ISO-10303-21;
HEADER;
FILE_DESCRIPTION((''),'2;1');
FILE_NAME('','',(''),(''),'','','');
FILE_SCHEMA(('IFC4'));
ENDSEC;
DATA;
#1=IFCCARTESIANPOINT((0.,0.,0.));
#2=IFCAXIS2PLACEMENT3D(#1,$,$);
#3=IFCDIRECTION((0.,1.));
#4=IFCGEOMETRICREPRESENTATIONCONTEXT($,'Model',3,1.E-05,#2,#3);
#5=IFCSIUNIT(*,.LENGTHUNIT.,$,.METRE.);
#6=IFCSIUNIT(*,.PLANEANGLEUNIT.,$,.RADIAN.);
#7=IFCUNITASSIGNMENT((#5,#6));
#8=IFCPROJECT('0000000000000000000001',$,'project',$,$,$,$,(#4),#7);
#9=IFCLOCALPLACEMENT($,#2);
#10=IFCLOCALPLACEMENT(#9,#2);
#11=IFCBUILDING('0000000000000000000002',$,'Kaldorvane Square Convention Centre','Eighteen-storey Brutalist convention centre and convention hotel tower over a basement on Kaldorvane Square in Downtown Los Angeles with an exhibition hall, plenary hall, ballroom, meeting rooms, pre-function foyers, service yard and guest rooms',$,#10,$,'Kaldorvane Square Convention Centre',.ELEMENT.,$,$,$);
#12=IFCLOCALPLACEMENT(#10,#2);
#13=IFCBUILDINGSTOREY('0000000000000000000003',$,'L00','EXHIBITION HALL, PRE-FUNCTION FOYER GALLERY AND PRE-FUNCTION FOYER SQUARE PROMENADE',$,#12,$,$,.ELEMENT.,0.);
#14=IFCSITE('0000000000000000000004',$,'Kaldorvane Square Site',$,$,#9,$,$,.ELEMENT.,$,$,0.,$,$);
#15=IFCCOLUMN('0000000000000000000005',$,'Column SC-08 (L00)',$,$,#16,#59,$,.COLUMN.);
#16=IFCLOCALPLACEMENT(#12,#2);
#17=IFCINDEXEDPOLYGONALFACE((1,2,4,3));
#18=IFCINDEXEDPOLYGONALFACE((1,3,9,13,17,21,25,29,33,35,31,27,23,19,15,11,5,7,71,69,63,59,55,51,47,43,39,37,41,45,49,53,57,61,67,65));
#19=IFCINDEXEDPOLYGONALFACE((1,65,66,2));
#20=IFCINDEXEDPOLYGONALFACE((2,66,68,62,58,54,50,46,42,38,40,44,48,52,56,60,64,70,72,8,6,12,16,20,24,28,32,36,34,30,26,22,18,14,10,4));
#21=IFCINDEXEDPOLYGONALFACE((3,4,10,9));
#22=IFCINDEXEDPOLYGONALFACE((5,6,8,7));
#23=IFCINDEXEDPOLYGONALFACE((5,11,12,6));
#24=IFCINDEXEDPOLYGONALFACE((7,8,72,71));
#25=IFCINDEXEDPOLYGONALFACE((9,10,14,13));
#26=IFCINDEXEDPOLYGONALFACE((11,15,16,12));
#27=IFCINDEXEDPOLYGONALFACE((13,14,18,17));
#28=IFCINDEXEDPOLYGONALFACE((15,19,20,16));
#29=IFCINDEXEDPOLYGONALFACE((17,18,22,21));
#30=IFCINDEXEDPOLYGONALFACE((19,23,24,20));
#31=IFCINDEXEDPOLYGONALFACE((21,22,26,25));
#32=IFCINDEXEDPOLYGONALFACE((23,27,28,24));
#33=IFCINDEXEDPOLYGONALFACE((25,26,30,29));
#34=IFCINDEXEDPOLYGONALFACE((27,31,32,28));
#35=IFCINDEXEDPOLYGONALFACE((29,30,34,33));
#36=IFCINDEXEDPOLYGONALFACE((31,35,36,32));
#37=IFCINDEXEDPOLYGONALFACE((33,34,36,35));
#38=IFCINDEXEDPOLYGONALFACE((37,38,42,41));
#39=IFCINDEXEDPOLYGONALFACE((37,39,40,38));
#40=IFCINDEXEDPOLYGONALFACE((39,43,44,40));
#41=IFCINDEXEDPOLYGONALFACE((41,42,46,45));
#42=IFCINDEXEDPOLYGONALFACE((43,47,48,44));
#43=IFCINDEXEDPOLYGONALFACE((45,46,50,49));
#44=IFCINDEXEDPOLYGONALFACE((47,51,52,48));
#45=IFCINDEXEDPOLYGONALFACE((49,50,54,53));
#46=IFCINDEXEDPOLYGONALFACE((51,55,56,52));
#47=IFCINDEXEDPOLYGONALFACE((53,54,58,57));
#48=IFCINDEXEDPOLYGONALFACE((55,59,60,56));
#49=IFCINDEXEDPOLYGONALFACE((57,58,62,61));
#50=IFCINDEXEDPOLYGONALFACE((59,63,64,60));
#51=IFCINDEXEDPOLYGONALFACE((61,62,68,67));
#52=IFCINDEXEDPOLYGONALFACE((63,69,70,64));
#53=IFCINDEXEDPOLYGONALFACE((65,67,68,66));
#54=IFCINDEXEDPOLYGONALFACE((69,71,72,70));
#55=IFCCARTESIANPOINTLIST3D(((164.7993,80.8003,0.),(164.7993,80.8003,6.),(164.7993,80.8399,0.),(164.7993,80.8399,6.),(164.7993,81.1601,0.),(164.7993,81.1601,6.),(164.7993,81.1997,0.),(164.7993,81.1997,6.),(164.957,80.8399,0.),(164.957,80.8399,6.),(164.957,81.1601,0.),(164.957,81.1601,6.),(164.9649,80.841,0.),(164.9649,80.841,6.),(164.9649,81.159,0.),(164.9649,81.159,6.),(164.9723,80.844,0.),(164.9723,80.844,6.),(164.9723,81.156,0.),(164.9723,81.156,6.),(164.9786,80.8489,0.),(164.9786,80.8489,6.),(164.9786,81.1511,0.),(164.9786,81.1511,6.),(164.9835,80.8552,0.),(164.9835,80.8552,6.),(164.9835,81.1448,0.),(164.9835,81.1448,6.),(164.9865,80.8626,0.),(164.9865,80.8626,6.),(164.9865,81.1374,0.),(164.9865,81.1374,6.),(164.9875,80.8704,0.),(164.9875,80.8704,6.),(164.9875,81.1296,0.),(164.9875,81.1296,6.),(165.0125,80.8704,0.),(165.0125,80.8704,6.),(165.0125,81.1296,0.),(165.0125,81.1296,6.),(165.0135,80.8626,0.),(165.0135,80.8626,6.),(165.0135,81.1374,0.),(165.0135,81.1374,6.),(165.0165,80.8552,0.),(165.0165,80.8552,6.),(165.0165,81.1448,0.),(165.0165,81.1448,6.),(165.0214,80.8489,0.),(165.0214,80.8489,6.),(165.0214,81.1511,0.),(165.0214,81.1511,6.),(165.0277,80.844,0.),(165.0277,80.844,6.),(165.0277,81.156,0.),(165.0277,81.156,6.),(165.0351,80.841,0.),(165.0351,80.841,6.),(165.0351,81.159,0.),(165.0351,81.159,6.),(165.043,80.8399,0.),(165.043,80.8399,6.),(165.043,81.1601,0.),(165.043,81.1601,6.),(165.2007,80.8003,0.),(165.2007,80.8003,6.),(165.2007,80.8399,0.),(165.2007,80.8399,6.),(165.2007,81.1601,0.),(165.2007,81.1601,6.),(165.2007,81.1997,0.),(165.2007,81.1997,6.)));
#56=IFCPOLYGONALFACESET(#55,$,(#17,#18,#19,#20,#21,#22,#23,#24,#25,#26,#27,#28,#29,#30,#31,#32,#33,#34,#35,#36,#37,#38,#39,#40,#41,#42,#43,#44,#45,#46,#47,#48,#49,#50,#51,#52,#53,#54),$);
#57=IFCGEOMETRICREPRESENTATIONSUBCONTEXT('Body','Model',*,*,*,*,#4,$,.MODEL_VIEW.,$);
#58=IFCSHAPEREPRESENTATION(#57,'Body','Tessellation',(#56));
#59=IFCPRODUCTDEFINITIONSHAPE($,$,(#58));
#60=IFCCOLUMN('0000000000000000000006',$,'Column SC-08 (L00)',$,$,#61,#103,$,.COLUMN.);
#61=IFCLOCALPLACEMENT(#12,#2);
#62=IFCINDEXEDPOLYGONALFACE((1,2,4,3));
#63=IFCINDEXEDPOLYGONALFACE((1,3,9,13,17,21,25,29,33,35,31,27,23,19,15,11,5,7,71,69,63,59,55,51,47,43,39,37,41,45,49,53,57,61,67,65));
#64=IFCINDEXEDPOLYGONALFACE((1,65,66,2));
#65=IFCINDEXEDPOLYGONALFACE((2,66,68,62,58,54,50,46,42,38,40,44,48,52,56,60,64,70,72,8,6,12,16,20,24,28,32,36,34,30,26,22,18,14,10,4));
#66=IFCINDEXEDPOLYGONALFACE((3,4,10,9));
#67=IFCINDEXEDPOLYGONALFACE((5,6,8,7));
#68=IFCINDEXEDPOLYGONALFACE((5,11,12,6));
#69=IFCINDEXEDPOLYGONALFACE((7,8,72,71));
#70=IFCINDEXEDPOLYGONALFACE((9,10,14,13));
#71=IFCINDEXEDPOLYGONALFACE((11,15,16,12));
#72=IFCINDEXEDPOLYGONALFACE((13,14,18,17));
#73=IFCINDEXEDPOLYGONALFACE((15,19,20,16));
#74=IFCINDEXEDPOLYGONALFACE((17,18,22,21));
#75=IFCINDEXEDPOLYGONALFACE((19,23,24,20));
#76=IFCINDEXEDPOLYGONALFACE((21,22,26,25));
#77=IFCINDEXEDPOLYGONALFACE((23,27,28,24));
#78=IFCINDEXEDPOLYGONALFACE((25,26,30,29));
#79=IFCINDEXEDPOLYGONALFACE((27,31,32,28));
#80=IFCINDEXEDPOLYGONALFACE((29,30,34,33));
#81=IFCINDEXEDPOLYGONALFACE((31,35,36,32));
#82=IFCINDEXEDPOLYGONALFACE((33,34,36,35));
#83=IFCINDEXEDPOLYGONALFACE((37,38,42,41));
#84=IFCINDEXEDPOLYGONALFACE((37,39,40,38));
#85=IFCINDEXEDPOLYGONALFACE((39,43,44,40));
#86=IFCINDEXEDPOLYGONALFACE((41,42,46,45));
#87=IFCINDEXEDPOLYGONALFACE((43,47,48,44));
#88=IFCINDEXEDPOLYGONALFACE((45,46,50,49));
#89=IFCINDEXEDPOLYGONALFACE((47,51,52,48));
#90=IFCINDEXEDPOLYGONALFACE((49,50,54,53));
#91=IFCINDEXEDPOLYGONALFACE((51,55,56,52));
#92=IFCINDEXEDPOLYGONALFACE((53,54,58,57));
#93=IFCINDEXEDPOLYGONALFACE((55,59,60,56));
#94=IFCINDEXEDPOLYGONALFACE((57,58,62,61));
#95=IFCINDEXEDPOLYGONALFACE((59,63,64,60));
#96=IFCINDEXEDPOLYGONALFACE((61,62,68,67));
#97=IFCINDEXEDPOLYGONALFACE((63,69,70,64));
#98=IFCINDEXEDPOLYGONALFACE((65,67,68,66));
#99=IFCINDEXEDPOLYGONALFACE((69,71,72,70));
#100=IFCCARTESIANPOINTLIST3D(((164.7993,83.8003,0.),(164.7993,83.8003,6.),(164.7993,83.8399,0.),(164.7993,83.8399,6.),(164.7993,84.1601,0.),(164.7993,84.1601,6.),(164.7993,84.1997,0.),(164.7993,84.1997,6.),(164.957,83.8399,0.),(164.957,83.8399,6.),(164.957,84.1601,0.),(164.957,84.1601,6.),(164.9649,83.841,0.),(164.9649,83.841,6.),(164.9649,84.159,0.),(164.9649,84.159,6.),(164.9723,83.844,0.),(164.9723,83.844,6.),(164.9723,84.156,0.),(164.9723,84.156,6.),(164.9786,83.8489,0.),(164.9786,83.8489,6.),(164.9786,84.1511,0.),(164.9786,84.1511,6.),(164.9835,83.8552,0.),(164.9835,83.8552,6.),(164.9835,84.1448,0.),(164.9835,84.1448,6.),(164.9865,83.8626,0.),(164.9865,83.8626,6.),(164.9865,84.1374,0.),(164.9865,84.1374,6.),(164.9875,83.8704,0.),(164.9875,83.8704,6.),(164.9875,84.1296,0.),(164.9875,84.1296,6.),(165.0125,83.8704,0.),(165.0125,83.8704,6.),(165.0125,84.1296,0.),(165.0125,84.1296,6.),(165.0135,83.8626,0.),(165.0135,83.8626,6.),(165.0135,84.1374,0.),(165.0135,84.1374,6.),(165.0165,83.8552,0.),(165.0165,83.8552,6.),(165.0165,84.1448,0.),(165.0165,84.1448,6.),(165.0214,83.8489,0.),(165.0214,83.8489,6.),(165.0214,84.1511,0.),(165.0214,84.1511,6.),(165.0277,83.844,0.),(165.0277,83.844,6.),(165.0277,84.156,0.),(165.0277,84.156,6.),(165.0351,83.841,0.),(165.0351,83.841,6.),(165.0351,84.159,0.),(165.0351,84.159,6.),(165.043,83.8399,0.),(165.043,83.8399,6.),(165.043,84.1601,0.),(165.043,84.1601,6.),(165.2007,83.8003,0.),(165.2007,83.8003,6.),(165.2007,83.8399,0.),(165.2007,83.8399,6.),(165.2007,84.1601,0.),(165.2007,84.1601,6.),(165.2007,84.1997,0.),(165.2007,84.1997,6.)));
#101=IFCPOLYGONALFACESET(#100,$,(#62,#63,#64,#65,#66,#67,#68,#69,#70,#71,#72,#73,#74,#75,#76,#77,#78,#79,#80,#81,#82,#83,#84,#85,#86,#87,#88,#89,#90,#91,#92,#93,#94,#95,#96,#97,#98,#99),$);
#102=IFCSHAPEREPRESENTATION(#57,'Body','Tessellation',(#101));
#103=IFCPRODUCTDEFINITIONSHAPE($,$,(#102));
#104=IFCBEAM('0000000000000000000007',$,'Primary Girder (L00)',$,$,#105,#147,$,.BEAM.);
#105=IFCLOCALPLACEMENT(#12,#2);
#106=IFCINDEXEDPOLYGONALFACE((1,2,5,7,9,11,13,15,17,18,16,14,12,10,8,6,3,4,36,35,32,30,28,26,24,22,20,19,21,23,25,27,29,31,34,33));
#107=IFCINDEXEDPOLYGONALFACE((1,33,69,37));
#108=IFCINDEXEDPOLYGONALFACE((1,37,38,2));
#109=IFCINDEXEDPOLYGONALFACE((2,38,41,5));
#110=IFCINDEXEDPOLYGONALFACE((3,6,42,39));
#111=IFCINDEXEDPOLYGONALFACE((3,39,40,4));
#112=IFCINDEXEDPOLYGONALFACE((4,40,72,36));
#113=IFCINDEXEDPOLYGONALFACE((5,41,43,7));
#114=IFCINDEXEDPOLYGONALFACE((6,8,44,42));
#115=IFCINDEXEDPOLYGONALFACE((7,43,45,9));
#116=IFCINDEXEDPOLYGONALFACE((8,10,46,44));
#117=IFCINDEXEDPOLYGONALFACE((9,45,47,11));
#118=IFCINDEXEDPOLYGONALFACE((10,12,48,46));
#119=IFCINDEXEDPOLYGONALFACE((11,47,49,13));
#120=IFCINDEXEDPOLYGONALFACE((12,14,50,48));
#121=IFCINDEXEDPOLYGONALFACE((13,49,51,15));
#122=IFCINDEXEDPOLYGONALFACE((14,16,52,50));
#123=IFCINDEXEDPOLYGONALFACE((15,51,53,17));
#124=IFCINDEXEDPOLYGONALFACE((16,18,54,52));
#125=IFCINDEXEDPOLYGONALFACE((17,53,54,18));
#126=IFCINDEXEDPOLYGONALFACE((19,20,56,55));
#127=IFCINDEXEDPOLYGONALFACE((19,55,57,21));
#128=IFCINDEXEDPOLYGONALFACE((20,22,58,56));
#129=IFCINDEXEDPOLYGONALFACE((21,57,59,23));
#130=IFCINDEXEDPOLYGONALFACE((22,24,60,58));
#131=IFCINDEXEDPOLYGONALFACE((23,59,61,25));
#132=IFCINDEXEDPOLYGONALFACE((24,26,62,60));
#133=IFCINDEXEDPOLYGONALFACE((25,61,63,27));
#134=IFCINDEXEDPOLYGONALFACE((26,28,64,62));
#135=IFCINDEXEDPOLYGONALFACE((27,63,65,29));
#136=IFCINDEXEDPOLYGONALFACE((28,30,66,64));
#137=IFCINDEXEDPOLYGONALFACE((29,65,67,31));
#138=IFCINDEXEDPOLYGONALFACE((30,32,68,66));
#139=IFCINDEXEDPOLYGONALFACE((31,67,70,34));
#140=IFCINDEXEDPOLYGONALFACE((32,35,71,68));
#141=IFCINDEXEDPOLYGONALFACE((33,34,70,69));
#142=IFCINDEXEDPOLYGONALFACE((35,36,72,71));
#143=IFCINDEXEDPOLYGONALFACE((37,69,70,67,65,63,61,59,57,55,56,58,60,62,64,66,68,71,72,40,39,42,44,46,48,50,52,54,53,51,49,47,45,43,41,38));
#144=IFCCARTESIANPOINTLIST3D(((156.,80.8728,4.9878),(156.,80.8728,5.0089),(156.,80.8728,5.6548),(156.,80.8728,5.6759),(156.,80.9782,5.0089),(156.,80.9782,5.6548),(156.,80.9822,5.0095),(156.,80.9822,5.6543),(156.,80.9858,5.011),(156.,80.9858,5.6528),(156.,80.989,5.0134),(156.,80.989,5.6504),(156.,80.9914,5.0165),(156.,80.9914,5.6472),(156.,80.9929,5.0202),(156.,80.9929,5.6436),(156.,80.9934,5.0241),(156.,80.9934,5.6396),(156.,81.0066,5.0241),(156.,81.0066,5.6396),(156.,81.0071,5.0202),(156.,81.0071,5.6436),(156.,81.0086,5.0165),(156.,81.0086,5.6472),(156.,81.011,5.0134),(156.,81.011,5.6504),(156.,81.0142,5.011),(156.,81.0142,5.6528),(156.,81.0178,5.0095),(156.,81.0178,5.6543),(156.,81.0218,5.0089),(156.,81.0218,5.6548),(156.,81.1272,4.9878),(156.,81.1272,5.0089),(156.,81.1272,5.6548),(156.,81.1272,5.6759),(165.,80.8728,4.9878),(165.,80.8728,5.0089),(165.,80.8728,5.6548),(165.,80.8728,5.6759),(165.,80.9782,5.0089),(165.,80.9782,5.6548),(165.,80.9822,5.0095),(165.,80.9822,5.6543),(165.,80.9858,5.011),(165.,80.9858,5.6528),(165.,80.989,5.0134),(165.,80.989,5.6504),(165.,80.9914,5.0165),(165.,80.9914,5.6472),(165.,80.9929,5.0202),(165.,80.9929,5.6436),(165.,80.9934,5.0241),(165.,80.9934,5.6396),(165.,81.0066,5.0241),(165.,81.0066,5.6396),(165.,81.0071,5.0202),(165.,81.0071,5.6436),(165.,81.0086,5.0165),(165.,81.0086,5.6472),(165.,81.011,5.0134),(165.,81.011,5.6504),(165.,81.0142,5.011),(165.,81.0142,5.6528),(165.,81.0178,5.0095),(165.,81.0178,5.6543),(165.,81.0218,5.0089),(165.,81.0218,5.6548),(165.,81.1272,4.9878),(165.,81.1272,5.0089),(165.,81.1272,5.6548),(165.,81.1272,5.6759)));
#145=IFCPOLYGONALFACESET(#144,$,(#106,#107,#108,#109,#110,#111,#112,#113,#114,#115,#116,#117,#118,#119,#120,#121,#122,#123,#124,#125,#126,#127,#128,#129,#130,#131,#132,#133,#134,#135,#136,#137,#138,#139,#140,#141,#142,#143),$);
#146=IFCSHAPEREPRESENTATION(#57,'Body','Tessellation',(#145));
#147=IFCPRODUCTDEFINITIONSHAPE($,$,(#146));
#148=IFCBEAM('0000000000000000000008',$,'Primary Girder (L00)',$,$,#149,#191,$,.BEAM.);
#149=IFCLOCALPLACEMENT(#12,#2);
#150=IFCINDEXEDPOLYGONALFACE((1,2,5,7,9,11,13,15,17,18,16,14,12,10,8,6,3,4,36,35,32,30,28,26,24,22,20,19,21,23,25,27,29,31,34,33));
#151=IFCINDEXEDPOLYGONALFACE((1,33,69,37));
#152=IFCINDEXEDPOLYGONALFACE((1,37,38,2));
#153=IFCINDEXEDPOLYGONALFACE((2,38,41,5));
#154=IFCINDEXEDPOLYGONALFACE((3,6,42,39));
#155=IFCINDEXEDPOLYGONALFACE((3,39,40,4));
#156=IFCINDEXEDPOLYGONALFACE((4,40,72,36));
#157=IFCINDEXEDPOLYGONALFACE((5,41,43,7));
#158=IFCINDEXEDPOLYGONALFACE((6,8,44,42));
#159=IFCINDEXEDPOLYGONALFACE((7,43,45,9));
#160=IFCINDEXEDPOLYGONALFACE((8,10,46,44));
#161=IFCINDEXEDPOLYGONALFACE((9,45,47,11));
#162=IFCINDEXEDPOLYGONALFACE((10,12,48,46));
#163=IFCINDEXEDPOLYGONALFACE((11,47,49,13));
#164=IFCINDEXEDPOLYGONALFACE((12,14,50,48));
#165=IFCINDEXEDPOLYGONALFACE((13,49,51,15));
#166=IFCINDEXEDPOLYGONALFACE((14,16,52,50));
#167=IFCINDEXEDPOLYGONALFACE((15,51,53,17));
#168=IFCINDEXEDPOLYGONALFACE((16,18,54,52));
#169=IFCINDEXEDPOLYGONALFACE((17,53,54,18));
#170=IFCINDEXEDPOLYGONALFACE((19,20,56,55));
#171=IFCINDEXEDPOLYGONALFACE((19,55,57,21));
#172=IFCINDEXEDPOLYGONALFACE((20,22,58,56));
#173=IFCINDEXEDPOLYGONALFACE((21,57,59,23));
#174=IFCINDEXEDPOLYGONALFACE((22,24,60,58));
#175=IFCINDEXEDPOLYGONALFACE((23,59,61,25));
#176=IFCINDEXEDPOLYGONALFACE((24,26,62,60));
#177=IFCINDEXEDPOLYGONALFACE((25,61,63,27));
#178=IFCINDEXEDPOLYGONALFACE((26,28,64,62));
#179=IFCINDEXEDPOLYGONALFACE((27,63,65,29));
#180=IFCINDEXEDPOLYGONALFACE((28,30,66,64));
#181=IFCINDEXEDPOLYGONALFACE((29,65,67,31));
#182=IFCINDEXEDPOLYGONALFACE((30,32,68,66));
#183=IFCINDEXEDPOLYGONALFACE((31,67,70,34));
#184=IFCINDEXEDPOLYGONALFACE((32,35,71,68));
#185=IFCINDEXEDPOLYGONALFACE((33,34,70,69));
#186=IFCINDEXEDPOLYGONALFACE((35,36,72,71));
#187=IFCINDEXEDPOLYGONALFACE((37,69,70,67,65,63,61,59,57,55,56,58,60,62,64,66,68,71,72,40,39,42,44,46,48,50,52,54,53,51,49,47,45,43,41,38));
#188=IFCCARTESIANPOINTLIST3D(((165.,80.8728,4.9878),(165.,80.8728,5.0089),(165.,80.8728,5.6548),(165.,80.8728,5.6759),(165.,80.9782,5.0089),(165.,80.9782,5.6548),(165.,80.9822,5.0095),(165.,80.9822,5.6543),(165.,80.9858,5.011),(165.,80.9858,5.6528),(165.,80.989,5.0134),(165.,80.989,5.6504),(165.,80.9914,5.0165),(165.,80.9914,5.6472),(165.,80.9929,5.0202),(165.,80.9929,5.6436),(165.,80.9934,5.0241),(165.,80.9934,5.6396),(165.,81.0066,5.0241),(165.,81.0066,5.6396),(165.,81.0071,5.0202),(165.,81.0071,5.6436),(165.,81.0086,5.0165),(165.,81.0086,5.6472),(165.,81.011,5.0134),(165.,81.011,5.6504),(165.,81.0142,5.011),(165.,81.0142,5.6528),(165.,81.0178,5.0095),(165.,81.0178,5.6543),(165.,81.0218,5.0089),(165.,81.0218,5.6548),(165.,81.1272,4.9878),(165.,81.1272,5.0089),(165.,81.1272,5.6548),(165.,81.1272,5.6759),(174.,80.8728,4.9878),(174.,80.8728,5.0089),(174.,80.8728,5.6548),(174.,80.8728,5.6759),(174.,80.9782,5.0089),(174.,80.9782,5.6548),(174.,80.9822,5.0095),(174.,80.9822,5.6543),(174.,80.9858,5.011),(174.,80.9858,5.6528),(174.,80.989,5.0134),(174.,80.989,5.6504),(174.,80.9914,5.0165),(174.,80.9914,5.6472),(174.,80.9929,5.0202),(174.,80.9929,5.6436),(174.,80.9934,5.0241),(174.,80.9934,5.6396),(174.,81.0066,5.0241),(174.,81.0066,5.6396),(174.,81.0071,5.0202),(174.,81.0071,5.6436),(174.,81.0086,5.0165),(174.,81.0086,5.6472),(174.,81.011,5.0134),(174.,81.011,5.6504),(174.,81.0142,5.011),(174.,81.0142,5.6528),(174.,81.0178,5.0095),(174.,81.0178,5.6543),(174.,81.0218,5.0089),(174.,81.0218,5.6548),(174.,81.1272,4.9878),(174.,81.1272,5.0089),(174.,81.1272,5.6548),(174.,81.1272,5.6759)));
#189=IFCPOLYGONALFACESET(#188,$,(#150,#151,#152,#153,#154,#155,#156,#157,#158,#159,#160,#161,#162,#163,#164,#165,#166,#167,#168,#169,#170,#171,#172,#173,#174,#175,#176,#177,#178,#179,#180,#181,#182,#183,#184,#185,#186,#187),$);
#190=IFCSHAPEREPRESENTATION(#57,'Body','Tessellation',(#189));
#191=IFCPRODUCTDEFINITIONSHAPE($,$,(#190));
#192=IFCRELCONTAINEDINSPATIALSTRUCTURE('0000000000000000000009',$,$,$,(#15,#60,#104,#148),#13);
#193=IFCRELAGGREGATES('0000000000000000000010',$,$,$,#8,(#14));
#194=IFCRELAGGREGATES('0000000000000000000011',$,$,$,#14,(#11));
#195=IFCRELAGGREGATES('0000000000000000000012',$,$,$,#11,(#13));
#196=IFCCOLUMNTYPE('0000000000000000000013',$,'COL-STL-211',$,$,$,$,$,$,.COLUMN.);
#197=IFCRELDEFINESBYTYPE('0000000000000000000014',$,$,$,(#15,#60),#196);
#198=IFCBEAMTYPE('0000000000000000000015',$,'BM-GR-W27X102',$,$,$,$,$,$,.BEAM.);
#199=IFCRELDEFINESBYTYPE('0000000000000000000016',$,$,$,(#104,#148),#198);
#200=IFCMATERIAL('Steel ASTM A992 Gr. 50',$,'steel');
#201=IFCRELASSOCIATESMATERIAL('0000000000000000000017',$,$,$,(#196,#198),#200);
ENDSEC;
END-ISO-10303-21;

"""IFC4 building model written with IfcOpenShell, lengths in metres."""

from ifc_helpers import new_model, si_unit, direction, frame, origin, origin_2d, place, context, subcontext, project, spatial, i_section, extrude, material, material_profile, profile_set, type_object, element, save


model = new_model("IFC4")

# Units and contexts
model_context = context("Model", 3, precision=1e-05, world=origin(), true_north=direction((0.0, 1.0)))
body_context = subcontext(model_context, "Body", "Model", "MODEL_VIEW")
ifc_project = project(units=[si_unit("LENGTHUNIT", "METRE"), si_unit("PLANEANGLEUNIT", "RADIAN")], contexts=[model_context])

# Site, building, storey
site_placement = place(None, origin())
site = spatial("IfcSite", under=ifc_project, at=site_placement, Name="Kaldorvane Square Site", CompositionType="ELEMENT", RefElevation=0.0)
building_placement = place(site_placement, origin())
building = spatial("IfcBuilding", under=site, at=building_placement, Name="Kaldorvane Square Convention Centre", Description="Eighteen-storey Brutalist convention centre and convention hotel tower over a basement on Kaldorvane Square in Downtown Los Angeles with an exhibition hall, plenary hall, ballroom, meeting rooms, pre-function foyers, service yard and guest rooms", LongName="Kaldorvane Square Convention Centre", CompositionType="ELEMENT")
storey_placement = place(building_placement, origin())
storey = spatial("IfcBuildingStorey", under=building, at=storey_placement, Name="L00", Description="EXHIBITION HALL, PRE-FUNCTION FOYER GALLERY AND PRE-FUNCTION FOYER SQUARE PROMENADE", CompositionType="ELEMENT", Elevation=0.0)

# Columns
ifc_material_1 = material(Name="Steel ASTM A992 Gr. 50", Category="steel")
ifc_material_profile_1 = material_profile(ifc_material_1, i_section(OverallWidth=0.4013, OverallDepth=0.3993, WebThickness=0.0249, FlangeThickness=0.0396, FilletRadius=0.0305, at=origin_2d()), Name="W14X211")
ifc_profile_set_1 = profile_set([ifc_material_profile_1], Name="Steel ASTM A992 Gr. 50")
column_type_1 = type_object("IfcColumnType", Name="COL-STL-211", PredefinedType="COLUMN", material=ifc_profile_set_1)
for number, where, z_axis, x_axis, name in (
    (1, (165.0, 81.0, 0.0), (0.0, 0.0, 1.0), (1.0, 0.0, 0.0), "Column SC-08 (L00)"),
    (2, (165.0, 84.0, 0.0), (0.0, 0.0, 1.0), (1.0, 0.0, 0.0), "Column SC-08 (L00)"),
):
    element("IfcColumn", number, at=place(storey_placement, frame(where, z_axis=z_axis, x_axis=x_axis)), inside=storey, type_object=column_type_1, Name=name, PredefinedType="COLUMN", context=body_context, shape_type="SweptSolid", body=[
        extrude(i_section(OverallWidth=0.4013, OverallDepth=0.3993, WebThickness=0.0249, FlangeThickness=0.0396, FilletRadius=0.0305, at=origin_2d()), origin(), (0.0, 0.0, 1.0), 6.0),
    ])

# Beams
ifc_material_profile_2 = material_profile(ifc_material_1, i_section(OverallWidth=0.2544, OverallDepth=0.6881, WebThickness=0.0131, FlangeThickness=0.0211, FilletRadius=0.0152, at=origin_2d()), Name="W27X102")
ifc_profile_set_2 = profile_set([ifc_material_profile_2], Name="Steel ASTM A992 Gr. 50")
beam_type_1 = type_object("IfcBeamType", Name="BM-GR-W27X102", PredefinedType="BEAM", material=ifc_profile_set_2)
for number, where, z_axis, x_axis, name in (
    (3, (156.0, 81.0, 5.3319), (1.0, 0.0, 0.0), (0.0, 1.0, 0.0), "Primary Girder (L00)"),
    (4, (165.0, 81.0, 5.3319), (1.0, 0.0, 0.0), (0.0, 1.0, 0.0), "Primary Girder (L00)"),
):
    element("IfcBeam", number, at=place(storey_placement, frame(where, z_axis=z_axis, x_axis=x_axis)), inside=storey, type_object=beam_type_1, Name=name, PredefinedType="BEAM", context=body_context, shape_type="SweptSolid", body=[
        extrude(i_section(OverallWidth=0.2544, OverallDepth=0.6881, WebThickness=0.0131, FlangeThickness=0.0211, FilletRadius=0.0152, at=origin_2d()), origin(), (0.0, 0.0, 1.0), 9.0),
    ])

save(model, "model.ifc")
